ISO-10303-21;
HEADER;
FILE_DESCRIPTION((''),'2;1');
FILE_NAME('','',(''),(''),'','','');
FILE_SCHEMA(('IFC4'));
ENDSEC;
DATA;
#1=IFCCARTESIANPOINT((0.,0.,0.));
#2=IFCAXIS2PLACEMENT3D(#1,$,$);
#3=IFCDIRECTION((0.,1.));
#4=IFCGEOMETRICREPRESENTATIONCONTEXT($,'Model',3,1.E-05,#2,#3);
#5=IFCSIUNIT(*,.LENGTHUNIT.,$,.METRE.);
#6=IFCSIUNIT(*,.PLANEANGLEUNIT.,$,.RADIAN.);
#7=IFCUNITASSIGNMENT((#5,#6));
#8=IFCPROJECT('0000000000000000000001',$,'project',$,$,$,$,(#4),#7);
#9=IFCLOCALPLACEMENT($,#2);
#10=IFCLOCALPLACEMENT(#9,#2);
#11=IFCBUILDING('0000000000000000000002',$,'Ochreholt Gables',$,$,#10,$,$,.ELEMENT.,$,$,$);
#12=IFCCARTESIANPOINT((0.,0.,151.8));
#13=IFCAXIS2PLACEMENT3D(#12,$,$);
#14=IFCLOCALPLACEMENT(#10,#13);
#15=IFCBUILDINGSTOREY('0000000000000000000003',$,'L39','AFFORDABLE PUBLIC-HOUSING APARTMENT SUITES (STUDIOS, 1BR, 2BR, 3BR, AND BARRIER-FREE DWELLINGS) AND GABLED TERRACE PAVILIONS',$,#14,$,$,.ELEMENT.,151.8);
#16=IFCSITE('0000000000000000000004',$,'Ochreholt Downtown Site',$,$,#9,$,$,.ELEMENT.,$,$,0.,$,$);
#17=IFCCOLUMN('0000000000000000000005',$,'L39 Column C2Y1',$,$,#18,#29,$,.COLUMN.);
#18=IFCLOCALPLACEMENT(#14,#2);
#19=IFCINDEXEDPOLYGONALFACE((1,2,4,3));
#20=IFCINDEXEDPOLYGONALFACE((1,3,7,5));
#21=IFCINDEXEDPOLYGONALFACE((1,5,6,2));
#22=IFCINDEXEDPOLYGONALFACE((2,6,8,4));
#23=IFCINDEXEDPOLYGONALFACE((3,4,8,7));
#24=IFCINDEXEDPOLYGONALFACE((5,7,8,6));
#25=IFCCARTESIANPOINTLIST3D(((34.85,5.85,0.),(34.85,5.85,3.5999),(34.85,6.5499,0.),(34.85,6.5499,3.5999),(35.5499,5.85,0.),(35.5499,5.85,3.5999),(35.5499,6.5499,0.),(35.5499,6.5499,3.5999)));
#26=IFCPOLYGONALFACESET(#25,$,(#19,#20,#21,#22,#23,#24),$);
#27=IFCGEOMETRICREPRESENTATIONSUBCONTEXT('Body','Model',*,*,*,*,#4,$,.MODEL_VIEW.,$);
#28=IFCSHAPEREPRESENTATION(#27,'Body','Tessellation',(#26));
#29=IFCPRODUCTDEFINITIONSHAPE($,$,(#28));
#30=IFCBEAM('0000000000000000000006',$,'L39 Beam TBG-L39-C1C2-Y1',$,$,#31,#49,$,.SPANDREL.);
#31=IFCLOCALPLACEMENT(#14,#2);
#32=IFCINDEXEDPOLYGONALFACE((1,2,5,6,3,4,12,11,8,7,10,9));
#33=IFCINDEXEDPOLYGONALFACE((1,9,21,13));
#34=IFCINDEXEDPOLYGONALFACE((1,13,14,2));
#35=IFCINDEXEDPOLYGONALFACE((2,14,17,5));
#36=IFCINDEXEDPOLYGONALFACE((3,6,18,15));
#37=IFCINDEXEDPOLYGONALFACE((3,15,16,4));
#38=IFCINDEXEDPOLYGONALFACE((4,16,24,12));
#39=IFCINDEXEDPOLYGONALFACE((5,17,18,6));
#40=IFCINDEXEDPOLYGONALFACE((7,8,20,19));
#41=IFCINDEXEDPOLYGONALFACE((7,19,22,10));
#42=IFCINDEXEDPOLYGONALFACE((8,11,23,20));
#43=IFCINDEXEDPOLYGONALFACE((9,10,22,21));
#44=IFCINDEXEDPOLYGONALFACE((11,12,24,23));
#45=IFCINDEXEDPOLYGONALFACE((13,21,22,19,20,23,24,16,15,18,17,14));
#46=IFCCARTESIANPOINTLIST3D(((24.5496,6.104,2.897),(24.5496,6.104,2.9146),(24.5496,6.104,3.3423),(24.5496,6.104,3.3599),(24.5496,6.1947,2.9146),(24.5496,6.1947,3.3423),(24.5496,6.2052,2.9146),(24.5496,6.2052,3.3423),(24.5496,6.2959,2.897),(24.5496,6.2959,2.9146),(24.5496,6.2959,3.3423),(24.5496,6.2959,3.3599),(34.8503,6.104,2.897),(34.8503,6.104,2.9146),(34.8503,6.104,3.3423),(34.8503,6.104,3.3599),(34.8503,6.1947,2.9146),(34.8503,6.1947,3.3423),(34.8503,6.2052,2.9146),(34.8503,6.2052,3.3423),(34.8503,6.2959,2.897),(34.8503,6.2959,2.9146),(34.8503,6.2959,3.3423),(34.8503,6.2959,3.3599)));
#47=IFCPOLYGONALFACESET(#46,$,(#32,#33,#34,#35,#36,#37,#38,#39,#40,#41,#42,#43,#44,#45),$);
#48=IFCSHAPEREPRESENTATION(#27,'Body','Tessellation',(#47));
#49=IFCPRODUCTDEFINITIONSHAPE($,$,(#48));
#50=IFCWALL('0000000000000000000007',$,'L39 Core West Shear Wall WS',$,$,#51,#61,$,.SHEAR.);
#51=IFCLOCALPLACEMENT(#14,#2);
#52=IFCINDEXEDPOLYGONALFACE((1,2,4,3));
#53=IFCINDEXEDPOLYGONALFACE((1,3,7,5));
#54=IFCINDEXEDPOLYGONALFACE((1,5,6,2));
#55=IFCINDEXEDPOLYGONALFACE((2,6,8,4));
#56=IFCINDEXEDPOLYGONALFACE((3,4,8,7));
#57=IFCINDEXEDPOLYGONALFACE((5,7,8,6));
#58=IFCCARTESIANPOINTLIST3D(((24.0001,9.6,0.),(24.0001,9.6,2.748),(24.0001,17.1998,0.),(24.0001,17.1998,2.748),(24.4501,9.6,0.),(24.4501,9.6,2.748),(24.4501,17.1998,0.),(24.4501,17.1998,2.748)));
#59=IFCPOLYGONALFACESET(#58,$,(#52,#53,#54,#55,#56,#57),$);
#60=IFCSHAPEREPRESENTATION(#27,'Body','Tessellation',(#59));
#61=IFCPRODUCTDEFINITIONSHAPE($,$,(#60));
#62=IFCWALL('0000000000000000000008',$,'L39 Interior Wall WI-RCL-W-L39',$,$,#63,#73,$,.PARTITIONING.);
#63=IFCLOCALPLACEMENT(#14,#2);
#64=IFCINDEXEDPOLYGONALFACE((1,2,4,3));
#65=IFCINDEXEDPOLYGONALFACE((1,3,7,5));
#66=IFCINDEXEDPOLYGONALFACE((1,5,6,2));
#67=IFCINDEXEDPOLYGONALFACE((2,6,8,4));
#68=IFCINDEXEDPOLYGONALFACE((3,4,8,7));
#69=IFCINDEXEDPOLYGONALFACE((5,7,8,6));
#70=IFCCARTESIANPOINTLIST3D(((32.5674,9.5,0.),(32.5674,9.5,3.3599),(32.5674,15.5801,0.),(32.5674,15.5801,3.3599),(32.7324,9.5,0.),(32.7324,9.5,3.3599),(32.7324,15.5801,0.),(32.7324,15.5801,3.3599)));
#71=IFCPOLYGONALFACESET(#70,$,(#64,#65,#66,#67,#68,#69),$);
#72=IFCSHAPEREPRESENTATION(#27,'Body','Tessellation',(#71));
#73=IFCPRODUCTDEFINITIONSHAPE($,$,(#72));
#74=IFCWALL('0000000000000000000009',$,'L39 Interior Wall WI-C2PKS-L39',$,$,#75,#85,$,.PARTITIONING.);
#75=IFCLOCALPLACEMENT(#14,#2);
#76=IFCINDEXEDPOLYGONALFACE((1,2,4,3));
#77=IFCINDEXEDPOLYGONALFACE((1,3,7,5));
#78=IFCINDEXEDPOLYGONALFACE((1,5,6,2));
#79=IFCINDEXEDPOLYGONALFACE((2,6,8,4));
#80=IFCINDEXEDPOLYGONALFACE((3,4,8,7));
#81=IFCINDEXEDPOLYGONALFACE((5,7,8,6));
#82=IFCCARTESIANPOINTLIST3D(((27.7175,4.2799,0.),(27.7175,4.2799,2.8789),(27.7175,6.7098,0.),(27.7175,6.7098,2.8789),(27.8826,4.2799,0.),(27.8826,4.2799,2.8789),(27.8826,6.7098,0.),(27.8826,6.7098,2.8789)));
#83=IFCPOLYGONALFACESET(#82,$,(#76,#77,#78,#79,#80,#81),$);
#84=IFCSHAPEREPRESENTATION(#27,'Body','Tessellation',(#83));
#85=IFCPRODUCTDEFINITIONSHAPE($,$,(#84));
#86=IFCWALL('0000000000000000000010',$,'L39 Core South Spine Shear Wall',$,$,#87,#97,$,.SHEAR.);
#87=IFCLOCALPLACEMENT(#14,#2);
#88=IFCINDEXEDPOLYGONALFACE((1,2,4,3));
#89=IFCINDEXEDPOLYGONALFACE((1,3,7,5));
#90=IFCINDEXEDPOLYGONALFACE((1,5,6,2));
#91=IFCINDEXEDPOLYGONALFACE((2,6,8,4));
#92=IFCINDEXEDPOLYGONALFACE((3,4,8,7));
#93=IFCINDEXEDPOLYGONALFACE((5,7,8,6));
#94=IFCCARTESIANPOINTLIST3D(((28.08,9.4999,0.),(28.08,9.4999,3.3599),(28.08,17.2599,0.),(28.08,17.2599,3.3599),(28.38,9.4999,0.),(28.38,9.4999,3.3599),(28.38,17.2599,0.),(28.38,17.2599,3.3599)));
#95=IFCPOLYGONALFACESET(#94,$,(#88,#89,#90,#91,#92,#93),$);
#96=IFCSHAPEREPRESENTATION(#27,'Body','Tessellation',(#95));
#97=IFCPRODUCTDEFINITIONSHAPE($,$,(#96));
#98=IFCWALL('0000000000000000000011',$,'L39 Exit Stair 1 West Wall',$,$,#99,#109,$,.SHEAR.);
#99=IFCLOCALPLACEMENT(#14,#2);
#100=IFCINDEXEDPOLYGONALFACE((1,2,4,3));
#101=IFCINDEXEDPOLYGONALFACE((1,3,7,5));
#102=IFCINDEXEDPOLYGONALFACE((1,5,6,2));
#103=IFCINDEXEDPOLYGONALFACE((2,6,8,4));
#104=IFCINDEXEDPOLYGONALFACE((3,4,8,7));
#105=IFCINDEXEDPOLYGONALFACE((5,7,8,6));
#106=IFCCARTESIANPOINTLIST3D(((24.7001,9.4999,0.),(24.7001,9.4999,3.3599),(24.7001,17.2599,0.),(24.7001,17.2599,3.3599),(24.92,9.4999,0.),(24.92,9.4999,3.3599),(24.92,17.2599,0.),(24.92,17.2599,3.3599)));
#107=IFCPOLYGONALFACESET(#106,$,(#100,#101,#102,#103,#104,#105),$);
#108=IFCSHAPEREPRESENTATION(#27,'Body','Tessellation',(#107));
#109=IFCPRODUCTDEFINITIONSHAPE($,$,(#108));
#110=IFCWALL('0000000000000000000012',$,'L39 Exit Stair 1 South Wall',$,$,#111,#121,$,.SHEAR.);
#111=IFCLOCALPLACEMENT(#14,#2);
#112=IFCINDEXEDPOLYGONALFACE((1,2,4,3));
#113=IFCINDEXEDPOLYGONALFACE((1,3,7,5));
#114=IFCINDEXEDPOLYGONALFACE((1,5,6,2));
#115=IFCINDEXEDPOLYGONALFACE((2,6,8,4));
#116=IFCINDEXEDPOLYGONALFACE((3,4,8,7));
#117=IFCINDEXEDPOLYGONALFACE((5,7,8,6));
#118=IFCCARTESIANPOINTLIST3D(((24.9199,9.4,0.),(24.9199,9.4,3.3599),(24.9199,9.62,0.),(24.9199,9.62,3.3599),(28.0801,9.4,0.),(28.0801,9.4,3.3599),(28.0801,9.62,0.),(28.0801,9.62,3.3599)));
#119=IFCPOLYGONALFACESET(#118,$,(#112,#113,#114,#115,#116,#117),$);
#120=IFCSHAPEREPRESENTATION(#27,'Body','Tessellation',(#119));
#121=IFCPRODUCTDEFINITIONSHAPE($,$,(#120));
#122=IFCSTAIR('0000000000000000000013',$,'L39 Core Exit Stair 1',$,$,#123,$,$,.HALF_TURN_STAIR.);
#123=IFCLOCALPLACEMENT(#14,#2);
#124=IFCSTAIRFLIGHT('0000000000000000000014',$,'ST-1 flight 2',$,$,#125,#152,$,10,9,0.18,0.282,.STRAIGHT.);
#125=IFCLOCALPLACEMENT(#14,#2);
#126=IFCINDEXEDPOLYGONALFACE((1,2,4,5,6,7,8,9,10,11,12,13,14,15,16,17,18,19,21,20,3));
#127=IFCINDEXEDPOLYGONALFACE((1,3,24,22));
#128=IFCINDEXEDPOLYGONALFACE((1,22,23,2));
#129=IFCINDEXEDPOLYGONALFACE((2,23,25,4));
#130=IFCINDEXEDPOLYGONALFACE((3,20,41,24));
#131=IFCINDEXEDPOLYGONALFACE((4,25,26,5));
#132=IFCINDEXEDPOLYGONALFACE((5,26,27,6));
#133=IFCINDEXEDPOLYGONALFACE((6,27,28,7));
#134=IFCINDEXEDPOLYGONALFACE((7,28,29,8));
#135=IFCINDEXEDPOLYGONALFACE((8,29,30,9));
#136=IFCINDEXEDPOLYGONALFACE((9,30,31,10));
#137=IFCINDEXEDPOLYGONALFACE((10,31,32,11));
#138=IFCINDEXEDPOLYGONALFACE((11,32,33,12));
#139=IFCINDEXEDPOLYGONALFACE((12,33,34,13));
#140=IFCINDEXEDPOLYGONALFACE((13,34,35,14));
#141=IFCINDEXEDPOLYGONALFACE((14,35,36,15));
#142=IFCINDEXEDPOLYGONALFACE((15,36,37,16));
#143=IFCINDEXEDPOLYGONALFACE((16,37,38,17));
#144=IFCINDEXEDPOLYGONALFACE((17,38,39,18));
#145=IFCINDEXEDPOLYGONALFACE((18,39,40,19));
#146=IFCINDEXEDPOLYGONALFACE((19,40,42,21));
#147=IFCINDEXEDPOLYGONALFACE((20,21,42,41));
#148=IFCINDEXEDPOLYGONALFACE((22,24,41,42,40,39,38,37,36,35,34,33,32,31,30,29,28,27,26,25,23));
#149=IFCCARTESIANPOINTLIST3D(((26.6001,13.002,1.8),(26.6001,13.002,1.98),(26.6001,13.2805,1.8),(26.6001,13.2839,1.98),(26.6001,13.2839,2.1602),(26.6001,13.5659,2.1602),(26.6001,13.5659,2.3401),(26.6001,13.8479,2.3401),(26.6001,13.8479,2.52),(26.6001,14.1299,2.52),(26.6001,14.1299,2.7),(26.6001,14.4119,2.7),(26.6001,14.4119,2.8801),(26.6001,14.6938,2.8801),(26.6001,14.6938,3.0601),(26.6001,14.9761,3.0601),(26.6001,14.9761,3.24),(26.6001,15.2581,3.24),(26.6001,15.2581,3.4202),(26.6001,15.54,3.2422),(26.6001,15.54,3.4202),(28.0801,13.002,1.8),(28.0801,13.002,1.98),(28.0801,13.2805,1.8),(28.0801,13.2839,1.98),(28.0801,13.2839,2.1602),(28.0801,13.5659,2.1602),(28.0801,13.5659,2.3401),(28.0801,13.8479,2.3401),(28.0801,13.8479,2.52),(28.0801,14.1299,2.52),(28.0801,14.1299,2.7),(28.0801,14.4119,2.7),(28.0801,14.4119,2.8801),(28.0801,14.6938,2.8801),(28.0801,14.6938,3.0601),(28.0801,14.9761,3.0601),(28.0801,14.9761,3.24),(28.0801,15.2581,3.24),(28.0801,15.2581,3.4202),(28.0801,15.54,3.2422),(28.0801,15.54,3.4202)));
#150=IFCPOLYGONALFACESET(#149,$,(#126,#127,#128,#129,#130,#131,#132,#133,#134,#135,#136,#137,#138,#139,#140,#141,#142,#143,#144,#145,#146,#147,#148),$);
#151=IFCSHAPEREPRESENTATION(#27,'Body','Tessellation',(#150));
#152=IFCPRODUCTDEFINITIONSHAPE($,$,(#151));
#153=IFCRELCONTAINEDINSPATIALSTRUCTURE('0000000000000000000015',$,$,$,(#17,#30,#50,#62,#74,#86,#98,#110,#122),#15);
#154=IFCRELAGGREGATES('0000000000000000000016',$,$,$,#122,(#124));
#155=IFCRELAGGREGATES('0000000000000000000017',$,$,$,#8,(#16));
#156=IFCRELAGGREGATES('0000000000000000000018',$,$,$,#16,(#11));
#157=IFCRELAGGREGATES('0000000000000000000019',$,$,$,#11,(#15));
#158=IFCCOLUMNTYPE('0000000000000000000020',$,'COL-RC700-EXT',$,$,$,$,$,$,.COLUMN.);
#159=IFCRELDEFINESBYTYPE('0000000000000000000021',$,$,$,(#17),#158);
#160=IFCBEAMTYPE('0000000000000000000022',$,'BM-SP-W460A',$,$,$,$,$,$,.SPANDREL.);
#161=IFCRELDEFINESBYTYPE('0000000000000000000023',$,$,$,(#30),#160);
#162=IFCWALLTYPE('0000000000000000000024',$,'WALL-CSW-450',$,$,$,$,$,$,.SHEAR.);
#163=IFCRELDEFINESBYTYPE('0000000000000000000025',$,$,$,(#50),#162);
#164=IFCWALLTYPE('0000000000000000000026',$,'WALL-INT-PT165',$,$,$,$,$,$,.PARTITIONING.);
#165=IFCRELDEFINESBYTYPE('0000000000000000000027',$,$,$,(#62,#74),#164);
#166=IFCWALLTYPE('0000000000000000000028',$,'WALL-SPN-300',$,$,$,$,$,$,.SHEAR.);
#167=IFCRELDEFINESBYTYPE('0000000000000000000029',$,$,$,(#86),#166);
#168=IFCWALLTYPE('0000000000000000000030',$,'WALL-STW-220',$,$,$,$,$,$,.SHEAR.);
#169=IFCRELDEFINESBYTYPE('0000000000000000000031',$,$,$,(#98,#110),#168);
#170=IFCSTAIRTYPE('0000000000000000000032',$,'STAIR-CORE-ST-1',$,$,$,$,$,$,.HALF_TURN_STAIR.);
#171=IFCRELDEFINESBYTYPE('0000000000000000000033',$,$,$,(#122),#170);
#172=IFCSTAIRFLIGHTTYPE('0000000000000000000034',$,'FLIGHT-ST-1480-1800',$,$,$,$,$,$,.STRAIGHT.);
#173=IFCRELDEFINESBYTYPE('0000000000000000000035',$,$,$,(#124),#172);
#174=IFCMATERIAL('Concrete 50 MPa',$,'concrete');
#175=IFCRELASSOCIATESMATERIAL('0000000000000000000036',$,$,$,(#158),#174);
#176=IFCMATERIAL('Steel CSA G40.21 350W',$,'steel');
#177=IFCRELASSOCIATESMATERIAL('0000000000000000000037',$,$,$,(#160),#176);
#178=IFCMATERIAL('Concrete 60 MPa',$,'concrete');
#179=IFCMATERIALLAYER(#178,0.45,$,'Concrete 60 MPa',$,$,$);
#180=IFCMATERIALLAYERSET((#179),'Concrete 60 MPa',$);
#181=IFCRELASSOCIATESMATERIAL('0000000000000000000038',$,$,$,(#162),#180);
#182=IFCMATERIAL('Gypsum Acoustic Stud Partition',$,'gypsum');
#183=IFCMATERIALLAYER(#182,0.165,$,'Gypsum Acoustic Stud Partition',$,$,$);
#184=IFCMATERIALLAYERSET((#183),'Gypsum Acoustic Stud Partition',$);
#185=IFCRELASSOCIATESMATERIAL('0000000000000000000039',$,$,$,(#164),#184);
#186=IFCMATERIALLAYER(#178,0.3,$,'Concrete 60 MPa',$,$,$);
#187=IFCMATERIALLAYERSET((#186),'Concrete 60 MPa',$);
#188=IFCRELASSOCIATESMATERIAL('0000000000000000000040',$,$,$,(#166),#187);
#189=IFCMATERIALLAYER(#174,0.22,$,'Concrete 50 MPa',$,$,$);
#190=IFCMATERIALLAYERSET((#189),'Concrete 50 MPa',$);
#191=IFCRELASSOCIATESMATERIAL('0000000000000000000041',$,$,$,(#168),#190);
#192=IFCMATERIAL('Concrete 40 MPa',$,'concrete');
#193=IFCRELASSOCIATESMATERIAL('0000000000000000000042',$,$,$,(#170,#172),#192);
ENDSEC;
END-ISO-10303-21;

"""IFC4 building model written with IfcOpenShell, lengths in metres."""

from ifc_helpers import new_model, si_unit, direction, frame, frame_2d, origin, origin_2d, place, context, subcontext, project, spatial, polyline, rectangle, i_section, outline, extrude, material, layer, layer_set, material_profile, profile_set, type_object, element, aggregate, save


model = new_model("IFC4")

# Units and contexts
model_context = context("Model", 3, precision=1e-05, world=origin(), true_north=direction((0.0, 1.0)))
body_context = subcontext(model_context, "Body", "Model", "MODEL_VIEW")
ifc_project = project(units=[si_unit("LENGTHUNIT", "METRE"), si_unit("PLANEANGLEUNIT", "RADIAN")], contexts=[model_context])

# Site, building, storey
site_placement = place(None, origin())
site = spatial("IfcSite", under=ifc_project, at=site_placement, Name="Ochreholt Downtown Site", CompositionType="ELEMENT", RefElevation=0.0)
building_placement = place(site_placement, origin())
building = spatial("IfcBuilding", under=site, at=building_placement, Name="Ochreholt Gables", CompositionType="ELEMENT")
storey_placement = place(building_placement, frame((0.0, 0.0, 151.8)))
storey = spatial("IfcBuildingStorey", under=building, at=storey_placement, Name="L39", Description="AFFORDABLE PUBLIC-HOUSING APARTMENT SUITES (STUDIOS, 1BR, 2BR, 3BR, AND BARRIER-FREE DWELLINGS) AND GABLED TERRACE PAVILIONS", CompositionType="ELEMENT", Elevation=151.8)

# Column
ifc_material_1 = material(Name="Concrete 50 MPa", Category="concrete")
ifc_material_profile_1 = material_profile(ifc_material_1, rectangle(XDim=0.7, YDim=0.7, at=origin_2d()), Name="RC700X700")
ifc_profile_set_1 = profile_set([ifc_material_profile_1], Name="Concrete 50 MPa")
column_type = type_object("IfcColumnType", Name="COL-RC700-EXT", PredefinedType="COLUMN", material=ifc_profile_set_1)
column_placement = place(storey_placement, frame((35.2, 6.2, 0.0), z_axis=(0.0, 0.0, 1.0), x_axis=(1.0, 0.0, 0.0)))
element("IfcColumn", 1, at=column_placement, inside=storey, type_object=column_type, Name="L39 Column C2Y1", PredefinedType="COLUMN", context=body_context, shape_type="SweptSolid", body=[
    extrude(rectangle(XDim=0.7, YDim=0.7, at=origin_2d()), origin(), (0.0, 0.0, 1.0), 3.5999),
])

# Beam
ifc_material_2 = material(Name="Steel CSA G40.21 350W", Category="steel")
ifc_material_profile_2 = material_profile(ifc_material_2, i_section(OverallWidth=0.1919, OverallDepth=0.4629, WebThickness=0.0105, FlangeThickness=0.0176, at=origin_2d()), Name="W460X89")
ifc_profile_set_2 = profile_set([ifc_material_profile_2], Name="Steel CSA G40.21 350W")
beam_type = type_object("IfcBeamType", Name="BM-SP-W460A", PredefinedType="SPANDREL", material=ifc_profile_set_2)
beam_placement = place(storey_placement, frame((24.5496, 6.2, 3.1284), z_axis=(1.0, 0.0, 0.0), x_axis=(0.0, 1.0, 0.0)))
element("IfcBeam", 2, at=beam_placement, inside=storey, type_object=beam_type, Name="L39 Beam TBG-L39-C1C2-Y1", PredefinedType="SPANDREL", context=body_context, shape_type="SweptSolid", body=[
    extrude(i_section(OverallWidth=0.1919, OverallDepth=0.4629, WebThickness=0.0105, FlangeThickness=0.0176, at=origin_2d()), origin(), (0.0, 0.0, 1.0), 10.3008),
])

# Walls
ifc_material_3 = material(Name="Concrete 60 MPa", Category="concrete")
ifc_layer_1 = layer(ifc_material_3, 0.45, Name="Concrete 60 MPa")
ifc_layer_set_1 = layer_set([ifc_layer_1], Name="Concrete 60 MPa")
wall_type_1 = type_object("IfcWallType", Name="WALL-CSW-450", PredefinedType="SHEAR", material=ifc_layer_set_1)
wall_1_placement = place(storey_placement, frame((24.2251, 9.6001, 0.0), z_axis=(0.0, 0.0, 1.0), x_axis=(0.0, 1.0, 0.0)))
element("IfcWall", 3, at=wall_1_placement, inside=storey, type_object=wall_type_1, Name="L39 Core West Shear Wall WS", PredefinedType="SHEAR", context=body_context, shape_type="SweptSolid", body=[
    extrude(rectangle(XDim=7.5999, YDim=0.45, at=frame_2d((3.7998, 0.0))), origin(), (0.0, 0.0, 1.0), 2.748),
])
ifc_material_4 = material(Name="Gypsum Acoustic Stud Partition", Category="gypsum")
ifc_layer_2 = layer(ifc_material_4, 0.165, Name="Gypsum Acoustic Stud Partition")
ifc_layer_set_2 = layer_set([ifc_layer_2], Name="Gypsum Acoustic Stud Partition")
wall_type_2 = type_object("IfcWallType", Name="WALL-INT-PT165", PredefinedType="PARTITIONING", material=ifc_layer_set_2)
wall_2_placement = place(storey_placement, frame((32.6499, 9.5, 0.0), z_axis=(0.0, 0.0, 1.0), x_axis=(0.0, 1.0, 0.0)))
element("IfcWall", 4, at=wall_2_placement, inside=storey, type_object=wall_type_2, Name="L39 Interior Wall WI-RCL-W-L39", PredefinedType="PARTITIONING", context=body_context, shape_type="SweptSolid", body=[
    extrude(rectangle(XDim=6.0801, YDim=0.165, at=frame_2d((3.04, 0.0))), origin(), (0.0, 0.0, 1.0), 3.3599),
])
wall_3_placement = place(storey_placement, frame((27.8, 4.28, 0.0), z_axis=(0.0, 0.0, 1.0), x_axis=(0.0, 1.0, 0.0)))
element("IfcWall", 5, at=wall_3_placement, inside=storey, type_object=wall_type_2, Name="L39 Interior Wall WI-C2PKS-L39", PredefinedType="PARTITIONING", context=body_context, shape_type="SweptSolid", body=[
    extrude(rectangle(XDim=2.4299, YDim=0.165, at=frame_2d((1.2148, 0.0))), origin(), (0.0, 0.0, 1.0), 2.8789),
])
ifc_layer_3 = layer(ifc_material_3, 0.3, Name="Concrete 60 MPa")
ifc_layer_set_3 = layer_set([ifc_layer_3], Name="Concrete 60 MPa")
wall_type_3 = type_object("IfcWallType", Name="WALL-SPN-300", PredefinedType="SHEAR", material=ifc_layer_set_3)
wall_4_placement = place(storey_placement, frame((28.23, 9.5, 0.0), z_axis=(0.0, 0.0, 1.0), x_axis=(0.0, 1.0, 0.0)))
element("IfcWall", 6, at=wall_4_placement, inside=storey, type_object=wall_type_3, Name="L39 Core South Spine Shear Wall", PredefinedType="SHEAR", context=body_context, shape_type="SweptSolid", body=[
    extrude(rectangle(XDim=7.76, YDim=0.3, at=frame_2d((3.8799, 0.0))), origin(), (0.0, 0.0, 1.0), 3.3599),
])
ifc_layer_4 = layer(ifc_material_1, 0.22, Name="Concrete 50 MPa")
ifc_layer_set_4 = layer_set([ifc_layer_4], Name="Concrete 50 MPa")
wall_type_4 = type_object("IfcWallType", Name="WALL-STW-220", PredefinedType="SHEAR", material=ifc_layer_set_4)
wall_5_placement = place(storey_placement, frame((24.8101, 9.5, 0.0), z_axis=(0.0, 0.0, 1.0), x_axis=(0.0, 1.0, 0.0)))
element("IfcWall", 7, at=wall_5_placement, inside=storey, type_object=wall_type_4, Name="L39 Exit Stair 1 West Wall", PredefinedType="SHEAR", context=body_context, shape_type="SweptSolid", body=[
    extrude(rectangle(XDim=7.76, YDim=0.22, at=frame_2d((3.8799, 0.0))), origin(), (0.0, 0.0, 1.0), 3.3599),
])
wall_6_placement = place(storey_placement, frame((24.9199, 9.51, 0.0), z_axis=(0.0, 0.0, 1.0), x_axis=(1.0, 0.0, 0.0)))
element("IfcWall", 8, at=wall_6_placement, inside=storey, type_object=wall_type_4, Name="L39 Exit Stair 1 South Wall", PredefinedType="SHEAR", context=body_context, shape_type="SweptSolid", body=[
    extrude(rectangle(XDim=3.1602, YDim=0.22, at=frame_2d((1.5801, 0.0))), origin(), (0.0, 0.0, 1.0), 3.3599),
])

# Stair, stair flight
ifc_material_5 = material(Name="Concrete 40 MPa", Category="concrete")
stair_type = type_object("IfcStairType", Name="STAIR-CORE-ST-1", PredefinedType="HALF_TURN_STAIR", material=ifc_material_5)
stair_placement = place(storey_placement, origin())
stair = element("IfcStair", 9, at=stair_placement, inside=storey, type_object=stair_type, Name="L39 Core Exit Stair 1", PredefinedType="HALF_TURN_STAIR")
stair_flight_type = type_object("IfcStairFlightType", Name="FLIGHT-ST-1480-1800", PredefinedType="STRAIGHT", material=ifc_material_5)
stair_flight_placement = place(storey_placement, frame((27.3401, 13.002, 1.8), z_axis=(0.0, 0.0, 1.0), x_axis=(0.0, 1.0, 0.0)))
stair_flight = element("IfcStairFlight", 10, at=stair_flight_placement, type_object=stair_flight_type, Name="ST-1 flight 2", NumberOfRisers=10, NumberOfTreads=9, PredefinedType="STRAIGHT", RiserHeight=0.18, TreadLength=0.282, context=body_context, shape_type="SweptSolid", body=[
    extrude(outline(polyline([(0.0, 0.0), (0.0, 0.1799), (0.282, 0.1799), (0.282, 0.3601), (0.564, 0.3601), (0.564, 0.54), (0.8459, 0.54), (0.8459, 0.72), (1.1279, 0.72), (1.1279, 0.8999), (1.4099, 0.8999), (1.4099, 1.0801), (1.6919, 1.0801), (1.6919, 1.26), (1.9741, 1.26), (1.9741, 1.4399), (2.2561, 1.4399), (2.2561, 1.6201), (2.5381, 1.6201), (2.5381, 1.8), (2.5381, 1.4421), (0.2786, 0.0), (0.0, 0.0)])), frame((0.0, 0.74, 0.0), z_axis=(0.0, -1.0, 0.0), x_axis=(1.0, 0.0, 0.0)), (0.0, 0.0, 1.0), 1.48),
])
aggregate(stair, [stair_flight])

save(model, "model.ifc")
